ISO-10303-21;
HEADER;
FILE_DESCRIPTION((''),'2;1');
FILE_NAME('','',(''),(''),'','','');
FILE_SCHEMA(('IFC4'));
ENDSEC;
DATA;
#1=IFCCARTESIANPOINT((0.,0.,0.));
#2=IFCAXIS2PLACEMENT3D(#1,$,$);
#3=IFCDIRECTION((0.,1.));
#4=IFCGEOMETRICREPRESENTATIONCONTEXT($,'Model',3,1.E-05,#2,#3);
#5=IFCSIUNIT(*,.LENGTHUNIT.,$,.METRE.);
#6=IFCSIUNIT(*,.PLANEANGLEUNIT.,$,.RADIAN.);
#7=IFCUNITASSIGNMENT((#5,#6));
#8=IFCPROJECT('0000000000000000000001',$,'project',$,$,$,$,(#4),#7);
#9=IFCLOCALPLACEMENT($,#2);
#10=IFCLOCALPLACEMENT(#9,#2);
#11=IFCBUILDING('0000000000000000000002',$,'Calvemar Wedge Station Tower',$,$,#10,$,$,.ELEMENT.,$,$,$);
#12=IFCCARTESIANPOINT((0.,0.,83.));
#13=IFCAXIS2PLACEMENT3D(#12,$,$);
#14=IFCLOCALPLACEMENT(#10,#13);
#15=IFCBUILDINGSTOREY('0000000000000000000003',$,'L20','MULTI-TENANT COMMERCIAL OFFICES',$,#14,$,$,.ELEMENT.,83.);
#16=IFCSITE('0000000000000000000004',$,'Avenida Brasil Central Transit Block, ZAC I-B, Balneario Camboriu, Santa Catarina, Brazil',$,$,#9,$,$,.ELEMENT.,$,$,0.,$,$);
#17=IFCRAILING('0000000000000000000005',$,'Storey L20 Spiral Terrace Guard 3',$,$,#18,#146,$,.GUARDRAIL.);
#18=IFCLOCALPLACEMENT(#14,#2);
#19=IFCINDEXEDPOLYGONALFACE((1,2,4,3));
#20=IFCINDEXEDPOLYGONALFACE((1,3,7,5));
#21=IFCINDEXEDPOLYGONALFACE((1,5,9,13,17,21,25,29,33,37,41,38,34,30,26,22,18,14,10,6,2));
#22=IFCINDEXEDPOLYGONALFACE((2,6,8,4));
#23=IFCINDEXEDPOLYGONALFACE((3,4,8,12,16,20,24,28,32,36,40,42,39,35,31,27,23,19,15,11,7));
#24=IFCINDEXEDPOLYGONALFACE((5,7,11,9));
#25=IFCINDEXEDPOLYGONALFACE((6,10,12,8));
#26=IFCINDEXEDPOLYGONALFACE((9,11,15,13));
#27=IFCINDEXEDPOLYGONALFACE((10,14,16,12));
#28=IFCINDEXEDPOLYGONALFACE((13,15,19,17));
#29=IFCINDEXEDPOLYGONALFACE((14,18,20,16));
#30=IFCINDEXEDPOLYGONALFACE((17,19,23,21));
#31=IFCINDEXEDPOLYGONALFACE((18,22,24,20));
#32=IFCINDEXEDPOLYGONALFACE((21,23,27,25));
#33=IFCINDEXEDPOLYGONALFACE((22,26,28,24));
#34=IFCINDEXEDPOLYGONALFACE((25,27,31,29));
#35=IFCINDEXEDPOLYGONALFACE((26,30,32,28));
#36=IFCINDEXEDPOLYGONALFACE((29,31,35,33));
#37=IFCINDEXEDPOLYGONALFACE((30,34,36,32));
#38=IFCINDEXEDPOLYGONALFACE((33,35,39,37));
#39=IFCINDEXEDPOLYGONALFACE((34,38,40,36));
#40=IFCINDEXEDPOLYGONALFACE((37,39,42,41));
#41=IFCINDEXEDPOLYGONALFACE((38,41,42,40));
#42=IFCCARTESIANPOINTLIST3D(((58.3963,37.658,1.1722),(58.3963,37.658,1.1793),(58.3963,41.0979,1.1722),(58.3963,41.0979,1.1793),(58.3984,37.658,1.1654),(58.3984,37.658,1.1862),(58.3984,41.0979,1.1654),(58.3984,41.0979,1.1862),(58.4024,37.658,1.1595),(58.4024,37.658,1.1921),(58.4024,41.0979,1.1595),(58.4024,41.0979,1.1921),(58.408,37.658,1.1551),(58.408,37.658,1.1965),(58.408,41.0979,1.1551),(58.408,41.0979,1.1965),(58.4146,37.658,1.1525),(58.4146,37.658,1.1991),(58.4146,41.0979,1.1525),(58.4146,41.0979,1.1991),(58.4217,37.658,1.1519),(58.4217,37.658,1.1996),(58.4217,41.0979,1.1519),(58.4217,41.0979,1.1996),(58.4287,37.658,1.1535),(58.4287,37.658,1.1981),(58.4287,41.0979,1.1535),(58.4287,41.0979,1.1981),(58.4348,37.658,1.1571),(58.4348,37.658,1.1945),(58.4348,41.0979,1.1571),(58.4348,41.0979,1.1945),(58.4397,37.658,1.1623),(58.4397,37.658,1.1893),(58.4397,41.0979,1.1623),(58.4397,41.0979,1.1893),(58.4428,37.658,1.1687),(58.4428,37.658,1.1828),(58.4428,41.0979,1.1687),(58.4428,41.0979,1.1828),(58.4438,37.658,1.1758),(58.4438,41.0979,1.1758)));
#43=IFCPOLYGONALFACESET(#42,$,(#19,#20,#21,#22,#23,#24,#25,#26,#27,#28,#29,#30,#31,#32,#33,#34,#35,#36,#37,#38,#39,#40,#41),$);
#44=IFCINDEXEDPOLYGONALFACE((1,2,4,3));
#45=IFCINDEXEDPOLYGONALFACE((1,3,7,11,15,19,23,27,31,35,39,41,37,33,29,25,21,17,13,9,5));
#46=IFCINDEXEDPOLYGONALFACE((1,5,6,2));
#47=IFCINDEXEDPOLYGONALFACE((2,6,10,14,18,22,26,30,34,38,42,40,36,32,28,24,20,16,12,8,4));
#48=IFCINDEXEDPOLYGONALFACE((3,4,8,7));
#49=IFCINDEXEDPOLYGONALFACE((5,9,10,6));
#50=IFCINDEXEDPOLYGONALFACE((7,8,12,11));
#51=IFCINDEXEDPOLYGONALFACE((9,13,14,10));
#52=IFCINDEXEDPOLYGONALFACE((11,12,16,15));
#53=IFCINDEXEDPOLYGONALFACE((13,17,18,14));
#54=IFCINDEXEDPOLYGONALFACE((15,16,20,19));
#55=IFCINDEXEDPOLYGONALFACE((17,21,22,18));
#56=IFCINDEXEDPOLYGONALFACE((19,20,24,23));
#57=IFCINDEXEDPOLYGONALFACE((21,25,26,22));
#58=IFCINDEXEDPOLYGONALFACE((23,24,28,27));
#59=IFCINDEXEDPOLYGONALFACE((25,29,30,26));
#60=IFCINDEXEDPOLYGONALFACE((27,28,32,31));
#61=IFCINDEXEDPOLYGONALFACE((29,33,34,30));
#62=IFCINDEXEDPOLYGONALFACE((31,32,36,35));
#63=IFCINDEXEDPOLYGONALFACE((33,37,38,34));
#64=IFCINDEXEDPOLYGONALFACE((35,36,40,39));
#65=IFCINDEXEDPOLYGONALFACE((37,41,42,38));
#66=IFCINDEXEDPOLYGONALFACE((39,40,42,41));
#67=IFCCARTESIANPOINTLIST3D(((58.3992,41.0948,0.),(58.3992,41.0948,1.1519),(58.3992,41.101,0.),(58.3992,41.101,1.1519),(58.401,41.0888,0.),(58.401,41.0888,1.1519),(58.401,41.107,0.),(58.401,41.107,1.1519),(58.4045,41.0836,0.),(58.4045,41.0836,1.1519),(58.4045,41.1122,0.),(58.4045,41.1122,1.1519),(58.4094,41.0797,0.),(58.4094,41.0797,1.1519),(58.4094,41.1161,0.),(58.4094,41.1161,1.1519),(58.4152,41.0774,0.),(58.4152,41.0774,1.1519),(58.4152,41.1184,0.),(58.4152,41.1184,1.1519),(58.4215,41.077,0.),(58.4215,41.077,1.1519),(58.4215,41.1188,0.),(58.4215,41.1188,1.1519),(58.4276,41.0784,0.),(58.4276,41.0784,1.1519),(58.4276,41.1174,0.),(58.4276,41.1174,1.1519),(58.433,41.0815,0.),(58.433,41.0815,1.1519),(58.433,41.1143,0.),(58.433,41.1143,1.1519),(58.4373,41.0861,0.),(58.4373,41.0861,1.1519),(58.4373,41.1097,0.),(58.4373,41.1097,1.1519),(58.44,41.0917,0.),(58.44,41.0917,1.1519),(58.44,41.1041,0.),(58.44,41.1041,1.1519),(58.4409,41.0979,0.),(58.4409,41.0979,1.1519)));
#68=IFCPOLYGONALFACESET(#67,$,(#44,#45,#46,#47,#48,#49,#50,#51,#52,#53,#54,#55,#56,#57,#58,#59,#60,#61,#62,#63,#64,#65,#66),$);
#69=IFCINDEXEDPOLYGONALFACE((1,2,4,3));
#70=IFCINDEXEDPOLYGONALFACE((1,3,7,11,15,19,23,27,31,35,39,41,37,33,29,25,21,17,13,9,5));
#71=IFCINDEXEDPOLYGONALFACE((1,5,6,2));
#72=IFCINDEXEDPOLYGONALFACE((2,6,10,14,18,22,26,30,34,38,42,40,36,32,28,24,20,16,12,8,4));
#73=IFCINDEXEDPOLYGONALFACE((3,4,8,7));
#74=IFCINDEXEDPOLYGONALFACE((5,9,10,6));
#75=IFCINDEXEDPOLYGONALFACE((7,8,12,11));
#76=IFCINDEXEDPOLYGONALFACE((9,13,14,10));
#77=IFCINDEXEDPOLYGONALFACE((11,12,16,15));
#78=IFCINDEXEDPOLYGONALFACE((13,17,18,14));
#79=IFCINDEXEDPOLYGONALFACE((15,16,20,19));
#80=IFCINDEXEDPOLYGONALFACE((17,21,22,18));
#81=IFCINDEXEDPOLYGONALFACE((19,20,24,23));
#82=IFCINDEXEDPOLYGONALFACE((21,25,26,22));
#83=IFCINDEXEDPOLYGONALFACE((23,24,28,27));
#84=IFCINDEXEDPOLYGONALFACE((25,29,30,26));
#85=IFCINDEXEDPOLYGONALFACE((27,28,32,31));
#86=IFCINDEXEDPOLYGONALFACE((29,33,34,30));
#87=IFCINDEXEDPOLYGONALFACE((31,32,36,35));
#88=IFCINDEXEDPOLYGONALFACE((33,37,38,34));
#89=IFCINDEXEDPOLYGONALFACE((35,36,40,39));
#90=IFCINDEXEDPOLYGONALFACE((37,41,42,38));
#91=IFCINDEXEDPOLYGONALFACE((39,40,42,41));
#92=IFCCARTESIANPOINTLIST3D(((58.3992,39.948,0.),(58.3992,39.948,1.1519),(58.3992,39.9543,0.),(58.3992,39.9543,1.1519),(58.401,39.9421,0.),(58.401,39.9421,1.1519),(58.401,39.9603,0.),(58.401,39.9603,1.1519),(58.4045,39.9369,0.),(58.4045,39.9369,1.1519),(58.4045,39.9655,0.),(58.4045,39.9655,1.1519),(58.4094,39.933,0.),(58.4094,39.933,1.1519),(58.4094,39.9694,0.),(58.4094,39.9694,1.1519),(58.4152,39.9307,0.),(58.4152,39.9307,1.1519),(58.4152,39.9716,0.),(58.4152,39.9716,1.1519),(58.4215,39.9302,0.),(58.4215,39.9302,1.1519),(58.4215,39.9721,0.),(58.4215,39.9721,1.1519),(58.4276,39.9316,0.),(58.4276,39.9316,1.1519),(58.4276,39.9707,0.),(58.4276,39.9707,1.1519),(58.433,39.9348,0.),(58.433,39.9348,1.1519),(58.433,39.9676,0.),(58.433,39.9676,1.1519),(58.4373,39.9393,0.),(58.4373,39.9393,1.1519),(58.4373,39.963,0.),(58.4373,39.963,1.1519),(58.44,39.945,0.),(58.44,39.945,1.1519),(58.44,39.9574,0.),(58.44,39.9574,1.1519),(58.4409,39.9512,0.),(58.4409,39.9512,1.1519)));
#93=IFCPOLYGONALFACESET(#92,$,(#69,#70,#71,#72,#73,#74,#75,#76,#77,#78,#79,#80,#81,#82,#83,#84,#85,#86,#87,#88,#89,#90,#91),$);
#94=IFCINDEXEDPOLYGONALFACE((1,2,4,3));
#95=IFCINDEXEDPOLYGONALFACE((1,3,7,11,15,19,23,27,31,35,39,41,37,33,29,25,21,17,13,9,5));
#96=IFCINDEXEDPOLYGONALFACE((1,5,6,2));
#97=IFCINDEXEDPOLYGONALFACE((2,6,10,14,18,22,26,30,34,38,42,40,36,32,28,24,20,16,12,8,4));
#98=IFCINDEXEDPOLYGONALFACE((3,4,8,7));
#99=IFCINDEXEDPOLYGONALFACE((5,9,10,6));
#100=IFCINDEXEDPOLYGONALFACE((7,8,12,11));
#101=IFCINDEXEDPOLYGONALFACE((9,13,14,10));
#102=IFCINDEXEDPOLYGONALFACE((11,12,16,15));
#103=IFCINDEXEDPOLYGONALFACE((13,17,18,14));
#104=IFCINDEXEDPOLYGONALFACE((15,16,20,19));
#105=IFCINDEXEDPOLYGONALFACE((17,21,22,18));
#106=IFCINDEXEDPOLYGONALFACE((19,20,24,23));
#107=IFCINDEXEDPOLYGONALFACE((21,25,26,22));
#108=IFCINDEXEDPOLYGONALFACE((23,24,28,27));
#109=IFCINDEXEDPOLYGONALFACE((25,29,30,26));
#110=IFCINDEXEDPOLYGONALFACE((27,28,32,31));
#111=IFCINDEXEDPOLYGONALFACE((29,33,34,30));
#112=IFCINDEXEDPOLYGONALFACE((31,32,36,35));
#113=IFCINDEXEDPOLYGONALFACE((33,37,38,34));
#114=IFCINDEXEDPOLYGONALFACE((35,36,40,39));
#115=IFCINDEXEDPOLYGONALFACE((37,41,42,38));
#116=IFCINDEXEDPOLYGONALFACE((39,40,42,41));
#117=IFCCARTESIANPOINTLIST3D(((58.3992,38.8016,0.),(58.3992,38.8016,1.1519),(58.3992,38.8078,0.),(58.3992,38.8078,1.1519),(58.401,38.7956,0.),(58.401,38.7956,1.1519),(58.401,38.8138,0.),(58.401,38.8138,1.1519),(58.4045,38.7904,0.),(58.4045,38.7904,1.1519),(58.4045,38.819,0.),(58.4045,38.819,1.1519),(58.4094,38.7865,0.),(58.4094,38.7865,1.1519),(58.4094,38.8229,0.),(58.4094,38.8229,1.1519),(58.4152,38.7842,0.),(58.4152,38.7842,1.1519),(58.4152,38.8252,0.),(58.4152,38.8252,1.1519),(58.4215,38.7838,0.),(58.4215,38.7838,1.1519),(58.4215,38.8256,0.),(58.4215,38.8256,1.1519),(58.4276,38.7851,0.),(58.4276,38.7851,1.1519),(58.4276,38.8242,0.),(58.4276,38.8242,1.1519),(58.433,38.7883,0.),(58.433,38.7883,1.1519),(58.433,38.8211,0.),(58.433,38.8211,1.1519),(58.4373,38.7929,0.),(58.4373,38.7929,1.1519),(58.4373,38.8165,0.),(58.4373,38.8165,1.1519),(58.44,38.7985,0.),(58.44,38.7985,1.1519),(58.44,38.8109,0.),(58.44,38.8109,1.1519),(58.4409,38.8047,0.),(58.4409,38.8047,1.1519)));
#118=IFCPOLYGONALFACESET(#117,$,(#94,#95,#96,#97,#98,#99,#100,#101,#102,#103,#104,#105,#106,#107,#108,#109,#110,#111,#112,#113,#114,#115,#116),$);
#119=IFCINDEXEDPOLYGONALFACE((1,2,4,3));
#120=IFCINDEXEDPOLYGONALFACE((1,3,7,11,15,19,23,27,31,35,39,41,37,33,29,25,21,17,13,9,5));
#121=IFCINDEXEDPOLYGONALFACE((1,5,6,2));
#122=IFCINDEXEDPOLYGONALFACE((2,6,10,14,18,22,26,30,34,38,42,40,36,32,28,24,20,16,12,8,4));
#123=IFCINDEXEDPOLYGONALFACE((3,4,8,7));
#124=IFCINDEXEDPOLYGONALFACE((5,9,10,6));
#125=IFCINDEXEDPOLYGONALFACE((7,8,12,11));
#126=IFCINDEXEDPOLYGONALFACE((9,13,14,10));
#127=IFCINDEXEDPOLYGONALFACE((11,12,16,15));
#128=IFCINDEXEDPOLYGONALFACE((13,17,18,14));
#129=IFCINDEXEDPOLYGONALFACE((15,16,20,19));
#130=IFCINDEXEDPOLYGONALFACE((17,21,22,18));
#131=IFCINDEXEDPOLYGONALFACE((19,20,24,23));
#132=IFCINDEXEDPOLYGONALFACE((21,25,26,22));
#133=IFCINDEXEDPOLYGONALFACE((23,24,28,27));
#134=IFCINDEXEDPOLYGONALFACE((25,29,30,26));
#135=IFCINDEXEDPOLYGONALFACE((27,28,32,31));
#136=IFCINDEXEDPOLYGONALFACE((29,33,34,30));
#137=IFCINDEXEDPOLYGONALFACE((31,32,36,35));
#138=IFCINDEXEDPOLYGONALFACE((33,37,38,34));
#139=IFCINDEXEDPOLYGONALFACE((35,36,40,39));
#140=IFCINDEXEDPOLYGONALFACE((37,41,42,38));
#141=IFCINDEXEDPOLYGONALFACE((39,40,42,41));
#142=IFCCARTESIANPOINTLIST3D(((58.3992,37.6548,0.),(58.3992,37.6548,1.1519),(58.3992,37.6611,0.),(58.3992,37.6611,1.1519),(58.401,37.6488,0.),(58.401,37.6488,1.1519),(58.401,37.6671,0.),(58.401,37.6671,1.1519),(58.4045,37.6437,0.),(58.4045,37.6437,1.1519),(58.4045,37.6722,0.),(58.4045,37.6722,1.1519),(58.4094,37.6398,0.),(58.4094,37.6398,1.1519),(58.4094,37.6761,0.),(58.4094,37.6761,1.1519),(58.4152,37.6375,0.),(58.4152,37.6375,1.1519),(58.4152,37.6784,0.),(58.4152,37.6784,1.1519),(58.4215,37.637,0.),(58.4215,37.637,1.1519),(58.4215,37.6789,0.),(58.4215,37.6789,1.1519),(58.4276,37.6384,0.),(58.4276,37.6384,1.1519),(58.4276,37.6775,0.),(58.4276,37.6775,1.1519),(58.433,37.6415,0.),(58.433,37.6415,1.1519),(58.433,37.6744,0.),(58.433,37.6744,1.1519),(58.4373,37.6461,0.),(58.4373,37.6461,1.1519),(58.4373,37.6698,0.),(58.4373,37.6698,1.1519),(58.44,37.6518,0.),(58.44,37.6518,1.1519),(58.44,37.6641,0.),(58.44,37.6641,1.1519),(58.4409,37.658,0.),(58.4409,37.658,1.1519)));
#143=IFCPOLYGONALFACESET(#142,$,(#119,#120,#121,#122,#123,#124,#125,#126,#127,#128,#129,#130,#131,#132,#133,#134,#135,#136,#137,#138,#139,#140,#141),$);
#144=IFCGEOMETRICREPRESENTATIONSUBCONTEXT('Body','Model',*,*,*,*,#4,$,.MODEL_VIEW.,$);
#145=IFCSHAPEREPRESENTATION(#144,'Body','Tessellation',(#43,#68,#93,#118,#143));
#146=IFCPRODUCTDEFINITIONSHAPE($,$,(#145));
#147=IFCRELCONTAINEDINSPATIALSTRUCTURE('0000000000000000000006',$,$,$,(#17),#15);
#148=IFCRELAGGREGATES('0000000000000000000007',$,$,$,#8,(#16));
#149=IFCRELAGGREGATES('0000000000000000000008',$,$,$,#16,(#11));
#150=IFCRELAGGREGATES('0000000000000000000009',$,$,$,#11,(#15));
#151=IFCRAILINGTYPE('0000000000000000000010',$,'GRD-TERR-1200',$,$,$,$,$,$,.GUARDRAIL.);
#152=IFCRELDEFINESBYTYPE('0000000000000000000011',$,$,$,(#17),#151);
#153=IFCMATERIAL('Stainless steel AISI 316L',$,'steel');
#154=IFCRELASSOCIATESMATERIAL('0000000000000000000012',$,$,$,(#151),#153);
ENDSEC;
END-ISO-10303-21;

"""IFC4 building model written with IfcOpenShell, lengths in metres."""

from ifc_helpers import new_model, si_unit, direction, frame, origin, origin_2d, place, context, subcontext, project, spatial, circle, extrude, material, type_object, element, save


model = new_model("IFC4")

# Units and contexts
model_context = context("Model", 3, precision=1e-05, world=origin(), true_north=direction((0.0, 1.0)))
body_context = subcontext(model_context, "Body", "Model", "MODEL_VIEW")
ifc_project = project(units=[si_unit("LENGTHUNIT", "METRE"), si_unit("PLANEANGLEUNIT", "RADIAN")], contexts=[model_context])

# Site, building, storey
site_placement = place(None, origin())
site = spatial("IfcSite", under=ifc_project, at=site_placement, Name="Avenida Brasil Central Transit Block, ZAC I-B, Balneario Camboriu, Santa Catarina, Brazil", CompositionType="ELEMENT", RefElevation=0.0)
building_placement = place(site_placement, origin())
building = spatial("IfcBuilding", under=site, at=building_placement, Name="Calvemar Wedge Station Tower", CompositionType="ELEMENT")
storey_placement = place(building_placement, frame((0.0, 0.0, 83.0)))
storey = spatial("IfcBuildingStorey", under=building, at=storey_placement, Name="L20", Description="MULTI-TENANT COMMERCIAL OFFICES", CompositionType="ELEMENT", Elevation=83.0)

# Railing
ifc_material_1 = material(Name="Stainless steel AISI 316L", Category="steel")
railing_type = type_object("IfcRailingType", Name="GRD-TERR-1200", PredefinedType="GUARDRAIL", material=ifc_material_1)
railing_1_placement = place(storey_placement, frame((58.4199, 41.0979, 0.0)))
element("IfcRailing", 1, at=railing_1_placement, inside=storey, type_object=railing_type, Name="Storey L20 Spiral Terrace Guard 3", PredefinedType="GUARDRAIL", context=body_context, shape_type="SweptSolid", body=[
    extrude(circle(Radius=0.0239, at=origin_2d()), frame((0.0, 0.0, 1.1758), z_axis=(0.0, -1.0, 0.0), x_axis=(1.0, 0.0, 0.0)), (0.0, 0.0, 1.0), 3.4399),
    extrude(circle(Radius=0.021, at=origin_2d()), origin(), (0.0, 0.0, 1.0), 1.1519),
    extrude(circle(Radius=0.021, at=origin_2d()), frame((0.0, -1.1467, 0.0)), (0.0, 0.0, 1.0), 1.1519),
    extrude(circle(Radius=0.021, at=origin_2d()), frame((0.0, -2.2932, 0.0)), (0.0, 0.0, 1.0), 1.1519),
    extrude(circle(Radius=0.021, at=origin_2d()), frame((0.0, -3.4399, 0.0)), (0.0, 0.0, 1.0), 1.1519),
])

save(model, "model.ifc")
